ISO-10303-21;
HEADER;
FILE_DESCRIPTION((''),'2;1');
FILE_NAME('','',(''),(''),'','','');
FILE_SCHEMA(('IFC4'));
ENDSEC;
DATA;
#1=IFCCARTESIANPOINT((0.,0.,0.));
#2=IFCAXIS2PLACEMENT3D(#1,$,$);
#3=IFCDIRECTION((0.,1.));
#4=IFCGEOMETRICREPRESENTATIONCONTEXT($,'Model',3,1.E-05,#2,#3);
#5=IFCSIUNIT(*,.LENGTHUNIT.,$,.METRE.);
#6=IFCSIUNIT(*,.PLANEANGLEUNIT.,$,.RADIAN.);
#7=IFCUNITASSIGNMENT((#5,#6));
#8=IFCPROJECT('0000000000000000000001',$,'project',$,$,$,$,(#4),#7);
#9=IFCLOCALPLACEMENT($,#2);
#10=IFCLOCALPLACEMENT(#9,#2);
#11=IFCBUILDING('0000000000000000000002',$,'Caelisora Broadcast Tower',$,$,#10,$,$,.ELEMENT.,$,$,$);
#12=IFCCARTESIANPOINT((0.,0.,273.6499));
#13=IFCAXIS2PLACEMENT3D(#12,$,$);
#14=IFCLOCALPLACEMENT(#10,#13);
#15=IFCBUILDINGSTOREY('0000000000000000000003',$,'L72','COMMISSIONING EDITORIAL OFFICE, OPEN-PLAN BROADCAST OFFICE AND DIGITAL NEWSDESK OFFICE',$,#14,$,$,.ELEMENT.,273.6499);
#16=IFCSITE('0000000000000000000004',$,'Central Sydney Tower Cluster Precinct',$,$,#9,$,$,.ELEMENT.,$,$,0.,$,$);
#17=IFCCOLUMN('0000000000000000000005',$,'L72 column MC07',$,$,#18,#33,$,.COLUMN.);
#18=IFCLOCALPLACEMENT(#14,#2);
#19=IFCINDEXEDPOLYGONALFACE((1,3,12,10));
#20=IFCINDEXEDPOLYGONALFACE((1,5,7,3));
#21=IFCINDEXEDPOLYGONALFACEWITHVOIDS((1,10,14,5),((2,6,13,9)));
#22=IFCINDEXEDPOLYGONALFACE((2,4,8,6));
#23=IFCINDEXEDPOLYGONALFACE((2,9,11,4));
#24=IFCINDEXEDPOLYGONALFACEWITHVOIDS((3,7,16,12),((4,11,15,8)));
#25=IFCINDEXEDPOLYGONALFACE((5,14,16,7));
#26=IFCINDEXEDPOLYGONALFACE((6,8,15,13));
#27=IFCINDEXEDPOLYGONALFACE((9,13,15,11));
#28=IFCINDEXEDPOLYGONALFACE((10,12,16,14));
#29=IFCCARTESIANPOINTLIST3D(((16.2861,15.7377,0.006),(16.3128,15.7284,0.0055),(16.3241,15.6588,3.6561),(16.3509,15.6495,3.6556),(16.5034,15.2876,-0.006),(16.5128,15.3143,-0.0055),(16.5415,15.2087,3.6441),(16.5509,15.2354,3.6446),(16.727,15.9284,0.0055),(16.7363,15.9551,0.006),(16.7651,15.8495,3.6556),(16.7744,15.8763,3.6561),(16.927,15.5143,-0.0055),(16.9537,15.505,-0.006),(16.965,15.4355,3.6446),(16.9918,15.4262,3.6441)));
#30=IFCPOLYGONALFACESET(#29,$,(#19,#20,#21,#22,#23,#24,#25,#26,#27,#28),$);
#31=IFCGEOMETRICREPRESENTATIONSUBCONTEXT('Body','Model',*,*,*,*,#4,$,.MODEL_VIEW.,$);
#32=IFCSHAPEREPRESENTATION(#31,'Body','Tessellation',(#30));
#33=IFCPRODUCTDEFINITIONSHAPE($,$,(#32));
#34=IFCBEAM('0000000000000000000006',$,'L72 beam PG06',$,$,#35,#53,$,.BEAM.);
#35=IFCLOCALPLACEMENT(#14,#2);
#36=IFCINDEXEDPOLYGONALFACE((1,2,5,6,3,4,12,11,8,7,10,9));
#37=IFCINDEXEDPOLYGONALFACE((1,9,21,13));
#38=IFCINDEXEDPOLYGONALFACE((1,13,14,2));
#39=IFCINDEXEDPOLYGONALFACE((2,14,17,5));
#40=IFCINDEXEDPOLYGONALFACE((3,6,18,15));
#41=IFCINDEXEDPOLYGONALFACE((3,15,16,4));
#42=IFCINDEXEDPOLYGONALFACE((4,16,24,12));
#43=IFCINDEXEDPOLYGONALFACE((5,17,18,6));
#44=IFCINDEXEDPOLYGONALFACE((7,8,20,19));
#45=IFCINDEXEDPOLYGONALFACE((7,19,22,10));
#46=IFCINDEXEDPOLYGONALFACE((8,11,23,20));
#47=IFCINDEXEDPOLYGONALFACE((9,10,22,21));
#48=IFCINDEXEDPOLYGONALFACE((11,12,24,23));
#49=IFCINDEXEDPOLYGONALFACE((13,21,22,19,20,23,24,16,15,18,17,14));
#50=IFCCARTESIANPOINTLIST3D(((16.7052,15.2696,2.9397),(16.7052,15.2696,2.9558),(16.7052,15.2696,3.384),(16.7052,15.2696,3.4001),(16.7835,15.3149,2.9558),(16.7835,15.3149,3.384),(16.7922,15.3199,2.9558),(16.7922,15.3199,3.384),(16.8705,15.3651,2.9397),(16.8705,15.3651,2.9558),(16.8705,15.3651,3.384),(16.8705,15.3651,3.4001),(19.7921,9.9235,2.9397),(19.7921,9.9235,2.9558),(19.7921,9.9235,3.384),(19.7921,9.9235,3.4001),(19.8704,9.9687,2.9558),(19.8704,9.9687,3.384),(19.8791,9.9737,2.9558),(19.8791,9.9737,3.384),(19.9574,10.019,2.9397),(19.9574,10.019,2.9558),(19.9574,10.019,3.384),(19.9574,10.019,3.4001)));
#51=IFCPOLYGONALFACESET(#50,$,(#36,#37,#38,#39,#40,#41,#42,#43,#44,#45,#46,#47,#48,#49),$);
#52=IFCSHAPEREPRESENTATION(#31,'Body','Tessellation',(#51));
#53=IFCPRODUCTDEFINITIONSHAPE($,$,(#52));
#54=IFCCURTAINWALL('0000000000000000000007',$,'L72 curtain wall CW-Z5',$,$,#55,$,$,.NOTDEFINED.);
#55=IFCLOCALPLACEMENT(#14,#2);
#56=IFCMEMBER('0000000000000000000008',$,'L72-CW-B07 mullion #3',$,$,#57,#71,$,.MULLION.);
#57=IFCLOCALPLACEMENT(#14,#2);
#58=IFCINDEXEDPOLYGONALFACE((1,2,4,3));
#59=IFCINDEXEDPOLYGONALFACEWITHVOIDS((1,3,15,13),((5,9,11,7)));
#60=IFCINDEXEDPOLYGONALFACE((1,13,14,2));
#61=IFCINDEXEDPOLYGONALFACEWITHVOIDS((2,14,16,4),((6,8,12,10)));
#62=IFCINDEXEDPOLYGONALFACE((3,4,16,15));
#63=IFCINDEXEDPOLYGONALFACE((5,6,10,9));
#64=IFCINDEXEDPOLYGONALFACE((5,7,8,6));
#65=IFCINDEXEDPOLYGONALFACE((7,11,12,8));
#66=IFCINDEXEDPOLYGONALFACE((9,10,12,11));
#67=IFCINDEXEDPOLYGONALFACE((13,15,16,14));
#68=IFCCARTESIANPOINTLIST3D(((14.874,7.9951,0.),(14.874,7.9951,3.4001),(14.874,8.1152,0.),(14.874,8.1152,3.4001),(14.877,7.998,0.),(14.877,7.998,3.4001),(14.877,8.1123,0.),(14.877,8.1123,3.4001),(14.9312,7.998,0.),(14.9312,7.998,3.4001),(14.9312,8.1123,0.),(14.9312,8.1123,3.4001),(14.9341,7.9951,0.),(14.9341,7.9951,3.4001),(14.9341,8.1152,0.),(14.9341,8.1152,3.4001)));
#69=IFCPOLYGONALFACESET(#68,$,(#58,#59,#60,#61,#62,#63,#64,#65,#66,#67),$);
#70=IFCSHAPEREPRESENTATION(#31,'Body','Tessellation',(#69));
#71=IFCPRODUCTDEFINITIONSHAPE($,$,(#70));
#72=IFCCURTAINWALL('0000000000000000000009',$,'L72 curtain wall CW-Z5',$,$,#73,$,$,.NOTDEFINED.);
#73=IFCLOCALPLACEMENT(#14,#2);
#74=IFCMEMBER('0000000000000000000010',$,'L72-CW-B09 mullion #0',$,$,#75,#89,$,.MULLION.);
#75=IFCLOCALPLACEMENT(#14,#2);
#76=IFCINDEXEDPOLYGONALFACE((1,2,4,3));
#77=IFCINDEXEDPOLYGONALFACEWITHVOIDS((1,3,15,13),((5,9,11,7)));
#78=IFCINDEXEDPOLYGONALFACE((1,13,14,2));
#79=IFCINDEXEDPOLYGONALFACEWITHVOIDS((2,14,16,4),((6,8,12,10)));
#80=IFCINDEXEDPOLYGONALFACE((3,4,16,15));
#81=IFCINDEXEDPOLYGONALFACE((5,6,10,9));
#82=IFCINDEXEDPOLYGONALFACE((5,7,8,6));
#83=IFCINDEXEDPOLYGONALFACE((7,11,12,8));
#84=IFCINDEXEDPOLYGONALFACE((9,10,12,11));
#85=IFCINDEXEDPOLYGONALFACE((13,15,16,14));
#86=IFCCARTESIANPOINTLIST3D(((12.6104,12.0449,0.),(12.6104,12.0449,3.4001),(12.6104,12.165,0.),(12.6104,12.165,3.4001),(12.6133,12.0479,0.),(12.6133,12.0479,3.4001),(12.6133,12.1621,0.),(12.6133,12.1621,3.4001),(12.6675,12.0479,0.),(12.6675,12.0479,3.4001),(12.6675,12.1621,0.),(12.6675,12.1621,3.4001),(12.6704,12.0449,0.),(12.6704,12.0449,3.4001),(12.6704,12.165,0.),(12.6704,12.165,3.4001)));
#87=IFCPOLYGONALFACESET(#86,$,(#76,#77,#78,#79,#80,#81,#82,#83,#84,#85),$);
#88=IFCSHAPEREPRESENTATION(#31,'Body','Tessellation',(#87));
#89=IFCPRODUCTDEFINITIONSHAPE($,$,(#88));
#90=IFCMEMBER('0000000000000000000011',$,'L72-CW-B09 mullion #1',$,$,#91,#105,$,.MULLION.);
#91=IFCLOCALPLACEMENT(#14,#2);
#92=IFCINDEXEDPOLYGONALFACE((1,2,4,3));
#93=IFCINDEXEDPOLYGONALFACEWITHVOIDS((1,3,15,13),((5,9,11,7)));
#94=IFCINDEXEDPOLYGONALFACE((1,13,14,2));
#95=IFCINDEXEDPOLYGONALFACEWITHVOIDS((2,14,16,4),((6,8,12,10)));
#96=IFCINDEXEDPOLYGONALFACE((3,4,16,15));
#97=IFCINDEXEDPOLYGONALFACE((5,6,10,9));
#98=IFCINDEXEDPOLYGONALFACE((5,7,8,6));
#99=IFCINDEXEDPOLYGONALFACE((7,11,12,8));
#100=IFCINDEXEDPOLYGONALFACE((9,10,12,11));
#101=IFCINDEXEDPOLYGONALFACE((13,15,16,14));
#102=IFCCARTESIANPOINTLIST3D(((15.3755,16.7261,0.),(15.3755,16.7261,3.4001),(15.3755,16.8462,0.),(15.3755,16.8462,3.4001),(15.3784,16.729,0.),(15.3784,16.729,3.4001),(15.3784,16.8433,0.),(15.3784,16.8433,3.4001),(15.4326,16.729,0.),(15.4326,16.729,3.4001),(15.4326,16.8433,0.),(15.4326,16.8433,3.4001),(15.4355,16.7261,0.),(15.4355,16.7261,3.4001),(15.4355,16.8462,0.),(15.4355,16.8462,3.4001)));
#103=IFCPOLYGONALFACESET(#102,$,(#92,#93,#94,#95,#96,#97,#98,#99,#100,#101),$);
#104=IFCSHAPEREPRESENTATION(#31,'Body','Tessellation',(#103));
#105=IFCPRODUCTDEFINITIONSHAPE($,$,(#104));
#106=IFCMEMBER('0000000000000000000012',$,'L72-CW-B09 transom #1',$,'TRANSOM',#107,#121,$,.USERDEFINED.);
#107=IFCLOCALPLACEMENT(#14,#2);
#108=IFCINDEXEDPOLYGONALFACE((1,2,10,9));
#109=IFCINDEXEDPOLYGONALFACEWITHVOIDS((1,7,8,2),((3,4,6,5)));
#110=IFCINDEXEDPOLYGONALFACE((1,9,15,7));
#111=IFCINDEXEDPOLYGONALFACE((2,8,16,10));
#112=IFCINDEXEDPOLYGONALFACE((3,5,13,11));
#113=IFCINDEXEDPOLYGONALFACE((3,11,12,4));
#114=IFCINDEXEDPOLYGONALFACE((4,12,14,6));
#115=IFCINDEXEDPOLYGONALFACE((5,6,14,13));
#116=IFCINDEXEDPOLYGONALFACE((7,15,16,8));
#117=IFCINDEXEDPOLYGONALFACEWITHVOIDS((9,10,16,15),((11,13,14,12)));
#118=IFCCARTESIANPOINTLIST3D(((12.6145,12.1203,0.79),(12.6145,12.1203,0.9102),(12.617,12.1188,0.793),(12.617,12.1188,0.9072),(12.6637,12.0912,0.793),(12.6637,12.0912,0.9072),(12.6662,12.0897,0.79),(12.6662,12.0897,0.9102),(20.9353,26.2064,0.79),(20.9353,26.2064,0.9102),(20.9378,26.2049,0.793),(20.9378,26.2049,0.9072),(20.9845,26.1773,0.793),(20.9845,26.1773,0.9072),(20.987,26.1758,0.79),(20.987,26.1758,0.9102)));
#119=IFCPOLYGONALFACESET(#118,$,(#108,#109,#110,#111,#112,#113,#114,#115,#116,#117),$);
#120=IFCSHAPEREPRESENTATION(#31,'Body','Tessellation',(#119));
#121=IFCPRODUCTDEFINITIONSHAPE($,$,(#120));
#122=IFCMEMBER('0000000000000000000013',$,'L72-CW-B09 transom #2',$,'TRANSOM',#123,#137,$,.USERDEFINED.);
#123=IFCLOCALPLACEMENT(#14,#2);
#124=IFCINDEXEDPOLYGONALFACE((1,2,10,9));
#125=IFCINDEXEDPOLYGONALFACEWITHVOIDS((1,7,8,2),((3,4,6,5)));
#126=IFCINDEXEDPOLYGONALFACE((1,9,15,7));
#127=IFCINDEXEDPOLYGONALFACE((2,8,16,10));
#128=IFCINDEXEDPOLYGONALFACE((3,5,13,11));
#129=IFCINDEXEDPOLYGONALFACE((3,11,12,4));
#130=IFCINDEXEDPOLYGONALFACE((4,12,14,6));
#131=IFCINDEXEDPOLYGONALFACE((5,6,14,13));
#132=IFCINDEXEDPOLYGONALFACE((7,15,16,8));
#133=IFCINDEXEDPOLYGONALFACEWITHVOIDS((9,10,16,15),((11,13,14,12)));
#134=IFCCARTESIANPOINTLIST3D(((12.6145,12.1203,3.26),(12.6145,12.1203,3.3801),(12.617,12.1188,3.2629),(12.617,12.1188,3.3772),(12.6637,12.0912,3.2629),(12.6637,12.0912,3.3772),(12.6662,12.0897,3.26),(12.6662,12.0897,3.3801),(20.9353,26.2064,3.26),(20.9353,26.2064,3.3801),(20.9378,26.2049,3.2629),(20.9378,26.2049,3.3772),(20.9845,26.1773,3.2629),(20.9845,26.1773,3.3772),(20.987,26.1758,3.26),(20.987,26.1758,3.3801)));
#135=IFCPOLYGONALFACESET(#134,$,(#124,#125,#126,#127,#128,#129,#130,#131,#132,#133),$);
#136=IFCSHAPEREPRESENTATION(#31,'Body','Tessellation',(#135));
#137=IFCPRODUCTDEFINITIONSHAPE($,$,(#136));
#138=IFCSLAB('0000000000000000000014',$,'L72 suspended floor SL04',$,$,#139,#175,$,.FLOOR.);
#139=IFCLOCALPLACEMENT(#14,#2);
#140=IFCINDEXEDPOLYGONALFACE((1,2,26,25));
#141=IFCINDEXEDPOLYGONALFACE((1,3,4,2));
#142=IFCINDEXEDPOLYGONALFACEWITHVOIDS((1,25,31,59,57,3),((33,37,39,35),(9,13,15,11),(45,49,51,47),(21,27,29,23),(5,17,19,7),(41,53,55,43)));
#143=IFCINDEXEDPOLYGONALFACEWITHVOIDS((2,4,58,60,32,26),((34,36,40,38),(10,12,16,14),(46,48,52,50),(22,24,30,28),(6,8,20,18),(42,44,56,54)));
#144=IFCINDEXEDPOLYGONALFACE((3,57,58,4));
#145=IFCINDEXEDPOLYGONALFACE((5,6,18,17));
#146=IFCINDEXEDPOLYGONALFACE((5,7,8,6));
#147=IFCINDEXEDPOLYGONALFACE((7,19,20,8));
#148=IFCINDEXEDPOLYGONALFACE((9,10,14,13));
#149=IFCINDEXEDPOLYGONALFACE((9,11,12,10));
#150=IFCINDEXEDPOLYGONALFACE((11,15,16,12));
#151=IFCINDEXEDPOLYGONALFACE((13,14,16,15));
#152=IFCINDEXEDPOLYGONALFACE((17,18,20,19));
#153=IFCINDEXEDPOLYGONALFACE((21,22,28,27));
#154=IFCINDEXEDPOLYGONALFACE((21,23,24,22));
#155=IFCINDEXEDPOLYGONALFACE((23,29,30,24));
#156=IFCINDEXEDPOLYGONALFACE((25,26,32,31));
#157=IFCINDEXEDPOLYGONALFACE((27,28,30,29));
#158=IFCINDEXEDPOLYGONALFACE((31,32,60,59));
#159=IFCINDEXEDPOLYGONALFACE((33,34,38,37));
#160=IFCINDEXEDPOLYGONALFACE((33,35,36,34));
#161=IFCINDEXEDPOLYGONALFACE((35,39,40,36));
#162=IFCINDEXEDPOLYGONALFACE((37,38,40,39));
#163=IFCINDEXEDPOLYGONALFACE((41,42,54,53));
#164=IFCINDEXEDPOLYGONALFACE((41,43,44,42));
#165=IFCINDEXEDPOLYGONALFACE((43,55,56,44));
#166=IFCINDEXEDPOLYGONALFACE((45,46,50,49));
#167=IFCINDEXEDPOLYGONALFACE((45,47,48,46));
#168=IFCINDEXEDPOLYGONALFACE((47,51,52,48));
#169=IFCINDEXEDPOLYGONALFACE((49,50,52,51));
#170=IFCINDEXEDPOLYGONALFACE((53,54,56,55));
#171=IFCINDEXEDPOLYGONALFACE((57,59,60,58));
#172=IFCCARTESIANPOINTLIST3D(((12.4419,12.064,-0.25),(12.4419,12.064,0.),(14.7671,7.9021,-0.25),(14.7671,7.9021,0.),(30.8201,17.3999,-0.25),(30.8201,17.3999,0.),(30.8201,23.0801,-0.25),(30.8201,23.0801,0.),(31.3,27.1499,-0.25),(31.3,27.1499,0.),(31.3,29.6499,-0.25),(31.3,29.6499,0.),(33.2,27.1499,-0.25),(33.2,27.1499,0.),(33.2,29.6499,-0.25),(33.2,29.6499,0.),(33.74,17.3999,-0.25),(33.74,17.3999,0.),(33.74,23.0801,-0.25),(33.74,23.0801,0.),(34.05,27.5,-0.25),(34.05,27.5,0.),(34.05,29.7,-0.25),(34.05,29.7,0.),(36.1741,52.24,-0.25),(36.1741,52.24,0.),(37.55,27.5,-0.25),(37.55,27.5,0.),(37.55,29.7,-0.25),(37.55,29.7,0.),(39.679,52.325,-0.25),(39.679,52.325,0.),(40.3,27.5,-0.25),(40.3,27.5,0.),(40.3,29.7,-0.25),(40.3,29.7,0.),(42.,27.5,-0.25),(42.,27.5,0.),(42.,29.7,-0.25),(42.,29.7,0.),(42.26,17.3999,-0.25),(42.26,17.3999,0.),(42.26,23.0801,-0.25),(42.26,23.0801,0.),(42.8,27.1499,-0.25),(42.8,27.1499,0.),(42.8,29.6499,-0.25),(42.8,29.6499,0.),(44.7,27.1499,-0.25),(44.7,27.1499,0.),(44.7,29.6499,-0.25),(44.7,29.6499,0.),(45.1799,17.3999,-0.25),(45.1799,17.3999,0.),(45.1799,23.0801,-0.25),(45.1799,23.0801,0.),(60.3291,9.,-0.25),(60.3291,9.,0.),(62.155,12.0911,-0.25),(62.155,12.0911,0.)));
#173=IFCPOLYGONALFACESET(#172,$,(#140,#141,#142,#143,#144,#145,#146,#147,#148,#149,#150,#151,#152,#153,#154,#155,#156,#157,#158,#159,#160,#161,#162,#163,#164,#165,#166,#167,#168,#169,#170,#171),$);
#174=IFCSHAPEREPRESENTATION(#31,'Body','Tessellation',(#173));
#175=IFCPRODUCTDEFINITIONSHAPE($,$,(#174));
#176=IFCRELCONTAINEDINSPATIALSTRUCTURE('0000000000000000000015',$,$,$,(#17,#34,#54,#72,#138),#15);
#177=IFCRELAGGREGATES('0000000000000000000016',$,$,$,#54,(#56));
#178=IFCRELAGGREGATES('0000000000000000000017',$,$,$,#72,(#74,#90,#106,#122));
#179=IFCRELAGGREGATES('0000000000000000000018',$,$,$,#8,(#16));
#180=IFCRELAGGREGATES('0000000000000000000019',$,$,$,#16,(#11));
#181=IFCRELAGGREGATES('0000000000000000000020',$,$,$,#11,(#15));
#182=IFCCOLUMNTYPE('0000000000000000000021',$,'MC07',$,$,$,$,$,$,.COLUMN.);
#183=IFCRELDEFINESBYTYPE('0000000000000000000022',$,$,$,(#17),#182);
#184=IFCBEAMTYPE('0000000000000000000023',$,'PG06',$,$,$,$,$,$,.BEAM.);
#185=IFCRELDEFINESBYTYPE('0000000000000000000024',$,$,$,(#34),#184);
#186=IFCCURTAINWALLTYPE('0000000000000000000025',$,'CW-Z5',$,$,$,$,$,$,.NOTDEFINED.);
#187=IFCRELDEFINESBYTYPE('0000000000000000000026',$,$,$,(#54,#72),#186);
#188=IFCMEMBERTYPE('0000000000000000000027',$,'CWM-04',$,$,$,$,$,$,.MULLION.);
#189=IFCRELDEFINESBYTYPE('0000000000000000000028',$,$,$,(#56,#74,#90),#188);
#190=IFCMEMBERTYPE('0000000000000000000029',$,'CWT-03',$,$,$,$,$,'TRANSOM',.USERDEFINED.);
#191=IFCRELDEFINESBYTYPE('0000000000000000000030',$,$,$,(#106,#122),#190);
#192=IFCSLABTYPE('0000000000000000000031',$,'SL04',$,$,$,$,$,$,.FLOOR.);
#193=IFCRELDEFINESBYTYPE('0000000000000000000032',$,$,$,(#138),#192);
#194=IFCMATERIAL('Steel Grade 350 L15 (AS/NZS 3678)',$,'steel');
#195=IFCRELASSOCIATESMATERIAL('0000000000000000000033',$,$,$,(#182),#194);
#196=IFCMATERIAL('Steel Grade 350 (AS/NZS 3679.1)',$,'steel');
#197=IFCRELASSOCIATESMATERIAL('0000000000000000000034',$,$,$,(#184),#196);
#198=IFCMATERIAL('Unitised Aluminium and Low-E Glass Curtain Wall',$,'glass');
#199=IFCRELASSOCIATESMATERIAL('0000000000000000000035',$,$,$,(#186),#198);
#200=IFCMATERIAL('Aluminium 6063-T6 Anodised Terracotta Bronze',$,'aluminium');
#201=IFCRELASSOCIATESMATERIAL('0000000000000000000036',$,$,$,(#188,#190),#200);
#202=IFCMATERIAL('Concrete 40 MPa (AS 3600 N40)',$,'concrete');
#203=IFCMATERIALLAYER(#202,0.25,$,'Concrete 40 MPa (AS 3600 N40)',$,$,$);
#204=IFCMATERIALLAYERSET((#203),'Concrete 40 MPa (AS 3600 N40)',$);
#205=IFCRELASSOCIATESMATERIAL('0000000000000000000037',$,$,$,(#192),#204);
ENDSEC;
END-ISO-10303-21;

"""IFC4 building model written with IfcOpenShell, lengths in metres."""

from ifc_helpers import new_model, si_unit, direction, frame, origin, origin_2d, place, context, subcontext, project, spatial, polyline, hollow_rectangle, i_section, outline, extrude, source, transform, mapped, material, layer, layer_set, material_profile, profile_set, type_object, type_shapes, element, aggregate, save


model = new_model("IFC4")

# Units and contexts
model_context = context("Model", 3, precision=1e-05, world=origin(), true_north=direction((0.0, 1.0)))
body_context = subcontext(model_context, "Body", "Model", "MODEL_VIEW")
ifc_project = project(units=[si_unit("LENGTHUNIT", "METRE"), si_unit("PLANEANGLEUNIT", "RADIAN")], contexts=[model_context])

# Site, building, storey
site_placement = place(None, origin())
site = spatial("IfcSite", under=ifc_project, at=site_placement, Name="Central Sydney Tower Cluster Precinct", CompositionType="ELEMENT", RefElevation=0.0)
building_placement = place(site_placement, origin())
building = spatial("IfcBuilding", under=site, at=building_placement, Name="Caelisora Broadcast Tower", CompositionType="ELEMENT")
storey_placement = place(building_placement, frame((0.0, 0.0, 273.6499)))
storey = spatial("IfcBuildingStorey", under=building, at=storey_placement, Name="L72", Description="COMMISSIONING EDITORIAL OFFICE, OPEN-PLAN BROADCAST OFFICE AND DIGITAL NEWSDESK OFFICE", CompositionType="ELEMENT", Elevation=273.6499)

# Column
ifc_material_1 = material(Name="Steel Grade 350 L15 (AS/NZS 3678)", Category="steel")
ifc_material_profile_1 = material_profile(ifc_material_1, hollow_rectangle(XDim=0.5, YDim=0.5, WallThickness=0.02, at=origin_2d()), Name="Steel Grade 350 L15 (AS/NZS 3678)")
ifc_profile_set_1 = profile_set([ifc_material_profile_1], Name="Steel Grade 350 L15 (AS/NZS 3678)")
column_type = type_object("IfcColumnType", Name="MC07", PredefinedType="COLUMN", material=ifc_profile_set_1)
shared_shape_1 = source(origin(), body_context, "Body", "SweptSolid", [
    extrude(hollow_rectangle(XDim=0.5, YDim=0.5, WallThickness=0.02, at=origin_2d()), origin(), (0.0, 0.0, 1.0), 3.6511),
])
type_shapes(column_type, [shared_shape_1])
column_placement = place(storey_placement, frame((16.6199, 15.6213, 0.0), z_axis=(0.010431, -0.021598, 0.999712), x_axis=(0.900476, 0.434905, 0.0)))
element("IfcColumn", 1, at=column_placement, inside=storey, type_object=column_type, Name="L72 column MC07", PredefinedType="COLUMN", context=body_context, shape_type="MappedRepresentation", body=[
    mapped(shared_shape_1, transform((0.0, 0.0, 0.0), scale=1.0)),
])

# Beam
ifc_material_2 = material(Name="Steel Grade 350 (AS/NZS 3679.1)", Category="steel")
ifc_material_profile_2 = material_profile(ifc_material_2, i_section(OverallWidth=0.1909, OverallDepth=0.4604, WebThickness=0.01, FlangeThickness=0.0161, at=origin_2d()), Name="Steel Grade 350 (AS/NZS 3679.1)")
ifc_profile_set_2 = profile_set([ifc_material_profile_2], Name="Steel Grade 350 (AS/NZS 3679.1)")
beam_type = type_object("IfcBeamType", Name="PG06", PredefinedType="BEAM", material=ifc_profile_set_2)
shared_shape_2 = source(origin(), body_context, "Body", "SweptSolid", [
    extrude(i_section(OverallWidth=0.1909, OverallDepth=0.4604, WebThickness=0.01, FlangeThickness=0.0161, at=origin_2d()), origin(), (0.0, 0.0, 1.0), 6.1733),
])
type_shapes(beam_type, [shared_shape_2])
beam_placement = place(storey_placement, frame((16.7878, 15.3174, 3.1699), z_axis=(0.500035, -0.866005, 0.0), x_axis=(0.866005, 0.500035, 0.0)))
element("IfcBeam", 2, at=beam_placement, inside=storey, type_object=beam_type, Name="L72 beam PG06", PredefinedType="BEAM", context=body_context, shape_type="MappedRepresentation", body=[
    mapped(shared_shape_2, transform((0.0, 0.0, 0.0), scale=1.0)),
])

# Curtain wall, member
ifc_material_3 = material(Name="Unitised Aluminium and Low-E Glass Curtain Wall", Category="glass")
curtain_wall_type = type_object("IfcCurtainWallType", Name="CW-Z5", PredefinedType="NOTDEFINED", material=ifc_material_3)
curtain_wall_1_placement = place(storey_placement, origin())
curtain_wall_1 = element("IfcCurtainWall", 3, at=curtain_wall_1_placement, inside=storey, type_object=curtain_wall_type, Name="L72 curtain wall CW-Z5", PredefinedType="NOTDEFINED")
ifc_material_4 = material(Name="Aluminium 6063-T6 Anodised Terracotta Bronze", Category="aluminium")
ifc_material_profile_3 = material_profile(ifc_material_4, hollow_rectangle(XDim=0.0601, YDim=0.1201, WallThickness=0.0029, at=origin_2d()), Name="Aluminium 6063-T6 Anodised Terracotta Bronze")
ifc_profile_set_3 = profile_set([ifc_material_profile_3], Name="Aluminium 6063-T6 Anodised Terracotta Bronze")
member_type_1 = type_object("IfcMemberType", Name="CWM-04", PredefinedType="MULLION", material=ifc_profile_set_3)
shared_shape_3 = source(origin(), body_context, "Body", "SweptSolid", [
    extrude(hollow_rectangle(XDim=0.0601, YDim=0.1201, WallThickness=0.0029, at=origin_2d()), origin(), (0.0, 0.0, 1.0), 3.4001),
])
type_shapes(member_type_1, [shared_shape_3])
member_1_placement = place(storey_placement, frame((14.9041, 8.0552, 0.0), z_axis=(0.0, 0.0, 1.0), x_axis=(1.0, 0.0, 0.0)))
member_1 = element("IfcMember", 4, at=member_1_placement, type_object=member_type_1, Name="L72-CW-B07 mullion #3", PredefinedType="MULLION", context=body_context, shape_type="MappedRepresentation", body=[
    mapped(shared_shape_3, transform((0.0, 0.0, 0.0), scale=1.0)),
])
aggregate(curtain_wall_1, [member_1])

# Curtain wall, members
curtain_wall_2_placement = place(storey_placement, origin())
curtain_wall_2 = element("IfcCurtainWall", 5, at=curtain_wall_2_placement, inside=storey, type_object=curtain_wall_type, Name="L72 curtain wall CW-Z5", PredefinedType="NOTDEFINED")
member_2_placement = place(storey_placement, frame((12.6404, 12.105, 0.0), z_axis=(0.0, 0.0, 1.0), x_axis=(1.0, 0.0, 0.0)))
member_2 = element("IfcMember", 6, at=member_2_placement, type_object=member_type_1, Name="L72-CW-B09 mullion #0", PredefinedType="MULLION", context=body_context, shape_type="MappedRepresentation", body=[
    mapped(shared_shape_3, transform((0.0, 0.0, 0.0), scale=1.0)),
])
member_3_placement = place(storey_placement, frame((15.4055, 16.7861, 0.0), z_axis=(0.0, 0.0, 1.0), x_axis=(1.0, 0.0, 0.0)))
member_3 = element("IfcMember", 7, at=member_3_placement, type_object=member_type_1, Name="L72-CW-B09 mullion #1", PredefinedType="MULLION", context=body_context, shape_type="MappedRepresentation", body=[
    mapped(shared_shape_3, transform((0.0, 0.0, 0.0), scale=1.0)),
])
ifc_material_profile_4 = material_profile(ifc_material_4, hollow_rectangle(XDim=0.0601, YDim=0.1201, WallThickness=0.0029, at=origin_2d()), Name="Aluminium 6063-T6 Anodised Terracotta Bronze")
ifc_profile_set_4 = profile_set([ifc_material_profile_4], Name="Aluminium 6063-T6 Anodised Terracotta Bronze")
member_type_2 = type_object("IfcMemberType", Name="CWT-03", ElementType="TRANSOM", PredefinedType="USERDEFINED", material=ifc_profile_set_4)
shared_shape_4 = source(origin(), body_context, "Body", "SweptSolid", [
    extrude(hollow_rectangle(XDim=0.0601, YDim=0.1201, WallThickness=0.0029, at=origin_2d()), origin(), (0.0, 0.0, 1.0), 16.3601),
])
type_shapes(member_type_2, [shared_shape_4])
member_4_placement = place(storey_placement, frame((12.6404, 12.105, 0.8501), z_axis=(0.5086, 0.861003, 0.0), x_axis=(-0.861003, 0.5086, 0.0)))
member_4 = element("IfcMember", 8, at=member_4_placement, type_object=member_type_2, Name="L72-CW-B09 transom #1", ObjectType="TRANSOM", PredefinedType="USERDEFINED", context=body_context, shape_type="MappedRepresentation", body=[
    mapped(shared_shape_4, transform((0.0, 0.0, 0.0), scale=1.0)),
])
member_5_placement = place(storey_placement, frame((12.6404, 12.105, 3.3201), z_axis=(0.5086, 0.861003, 0.0), x_axis=(-0.861003, 0.5086, 0.0)))
member_5 = element("IfcMember", 9, at=member_5_placement, type_object=member_type_2, Name="L72-CW-B09 transom #2", ObjectType="TRANSOM", PredefinedType="USERDEFINED", context=body_context, shape_type="MappedRepresentation", body=[
    mapped(shared_shape_4, transform((0.0, 0.0, 0.0), scale=1.0)),
])

# Slab
ifc_material_5 = material(Name="Concrete 40 MPa (AS 3600 N40)", Category="concrete")
ifc_layer_1 = layer(ifc_material_5, 0.25, Name="Concrete 40 MPa (AS 3600 N40)")
ifc_layer_set_1 = layer_set([ifc_layer_1], Name="Concrete 40 MPa (AS 3600 N40)")
slab_type_1 = type_object("IfcSlabType", Name="SL04", PredefinedType="FLOOR", material=ifc_layer_set_1)
slab_1_placement = place(storey_placement, frame((0.0, 0.0, -0.25)))
element("IfcSlab", 10, at=slab_1_placement, inside=storey, type_object=slab_type_1, Name="L72 suspended floor SL04", PredefinedType="FLOOR", context=body_context, shape_type="SweptSolid", body=[
    extrude(outline(polyline([(39.679, 52.325), (36.1741, 52.24), (12.4419, 12.064), (14.7671, 7.9021), (60.3291, 9.0), (62.155, 12.0911), (39.679, 52.325)]), holes=[polyline([(30.8201, 17.3999), (33.74, 17.3999), (33.74, 23.0801), (30.8201, 23.0801), (30.8201, 17.3999)]), polyline([(42.26, 17.3999), (45.1799, 17.3999), (45.1799, 23.0801), (42.26, 23.0801), (42.26, 17.3999)]), polyline([(42.8, 27.1499), (44.7, 27.1499), (44.7, 29.6499), (42.8, 29.6499), (42.8, 27.1499)]), polyline([(40.3, 27.5), (42.0, 27.5), (42.0, 29.7), (40.3, 29.7), (40.3, 27.5)]), polyline([(34.05, 27.5), (37.55, 27.5), (37.55, 29.7), (34.05, 29.7), (34.05, 27.5)]), polyline([(31.3, 27.1499), (33.2, 27.1499), (33.2, 29.6499), (31.3, 29.6499), (31.3, 27.1499)])]), origin(), (0.0, 0.0, 1.0), 0.25),
])

aggregate(curtain_wall_2, [member_2, member_3, member_4, member_5])

save(model, "model.ifc")
